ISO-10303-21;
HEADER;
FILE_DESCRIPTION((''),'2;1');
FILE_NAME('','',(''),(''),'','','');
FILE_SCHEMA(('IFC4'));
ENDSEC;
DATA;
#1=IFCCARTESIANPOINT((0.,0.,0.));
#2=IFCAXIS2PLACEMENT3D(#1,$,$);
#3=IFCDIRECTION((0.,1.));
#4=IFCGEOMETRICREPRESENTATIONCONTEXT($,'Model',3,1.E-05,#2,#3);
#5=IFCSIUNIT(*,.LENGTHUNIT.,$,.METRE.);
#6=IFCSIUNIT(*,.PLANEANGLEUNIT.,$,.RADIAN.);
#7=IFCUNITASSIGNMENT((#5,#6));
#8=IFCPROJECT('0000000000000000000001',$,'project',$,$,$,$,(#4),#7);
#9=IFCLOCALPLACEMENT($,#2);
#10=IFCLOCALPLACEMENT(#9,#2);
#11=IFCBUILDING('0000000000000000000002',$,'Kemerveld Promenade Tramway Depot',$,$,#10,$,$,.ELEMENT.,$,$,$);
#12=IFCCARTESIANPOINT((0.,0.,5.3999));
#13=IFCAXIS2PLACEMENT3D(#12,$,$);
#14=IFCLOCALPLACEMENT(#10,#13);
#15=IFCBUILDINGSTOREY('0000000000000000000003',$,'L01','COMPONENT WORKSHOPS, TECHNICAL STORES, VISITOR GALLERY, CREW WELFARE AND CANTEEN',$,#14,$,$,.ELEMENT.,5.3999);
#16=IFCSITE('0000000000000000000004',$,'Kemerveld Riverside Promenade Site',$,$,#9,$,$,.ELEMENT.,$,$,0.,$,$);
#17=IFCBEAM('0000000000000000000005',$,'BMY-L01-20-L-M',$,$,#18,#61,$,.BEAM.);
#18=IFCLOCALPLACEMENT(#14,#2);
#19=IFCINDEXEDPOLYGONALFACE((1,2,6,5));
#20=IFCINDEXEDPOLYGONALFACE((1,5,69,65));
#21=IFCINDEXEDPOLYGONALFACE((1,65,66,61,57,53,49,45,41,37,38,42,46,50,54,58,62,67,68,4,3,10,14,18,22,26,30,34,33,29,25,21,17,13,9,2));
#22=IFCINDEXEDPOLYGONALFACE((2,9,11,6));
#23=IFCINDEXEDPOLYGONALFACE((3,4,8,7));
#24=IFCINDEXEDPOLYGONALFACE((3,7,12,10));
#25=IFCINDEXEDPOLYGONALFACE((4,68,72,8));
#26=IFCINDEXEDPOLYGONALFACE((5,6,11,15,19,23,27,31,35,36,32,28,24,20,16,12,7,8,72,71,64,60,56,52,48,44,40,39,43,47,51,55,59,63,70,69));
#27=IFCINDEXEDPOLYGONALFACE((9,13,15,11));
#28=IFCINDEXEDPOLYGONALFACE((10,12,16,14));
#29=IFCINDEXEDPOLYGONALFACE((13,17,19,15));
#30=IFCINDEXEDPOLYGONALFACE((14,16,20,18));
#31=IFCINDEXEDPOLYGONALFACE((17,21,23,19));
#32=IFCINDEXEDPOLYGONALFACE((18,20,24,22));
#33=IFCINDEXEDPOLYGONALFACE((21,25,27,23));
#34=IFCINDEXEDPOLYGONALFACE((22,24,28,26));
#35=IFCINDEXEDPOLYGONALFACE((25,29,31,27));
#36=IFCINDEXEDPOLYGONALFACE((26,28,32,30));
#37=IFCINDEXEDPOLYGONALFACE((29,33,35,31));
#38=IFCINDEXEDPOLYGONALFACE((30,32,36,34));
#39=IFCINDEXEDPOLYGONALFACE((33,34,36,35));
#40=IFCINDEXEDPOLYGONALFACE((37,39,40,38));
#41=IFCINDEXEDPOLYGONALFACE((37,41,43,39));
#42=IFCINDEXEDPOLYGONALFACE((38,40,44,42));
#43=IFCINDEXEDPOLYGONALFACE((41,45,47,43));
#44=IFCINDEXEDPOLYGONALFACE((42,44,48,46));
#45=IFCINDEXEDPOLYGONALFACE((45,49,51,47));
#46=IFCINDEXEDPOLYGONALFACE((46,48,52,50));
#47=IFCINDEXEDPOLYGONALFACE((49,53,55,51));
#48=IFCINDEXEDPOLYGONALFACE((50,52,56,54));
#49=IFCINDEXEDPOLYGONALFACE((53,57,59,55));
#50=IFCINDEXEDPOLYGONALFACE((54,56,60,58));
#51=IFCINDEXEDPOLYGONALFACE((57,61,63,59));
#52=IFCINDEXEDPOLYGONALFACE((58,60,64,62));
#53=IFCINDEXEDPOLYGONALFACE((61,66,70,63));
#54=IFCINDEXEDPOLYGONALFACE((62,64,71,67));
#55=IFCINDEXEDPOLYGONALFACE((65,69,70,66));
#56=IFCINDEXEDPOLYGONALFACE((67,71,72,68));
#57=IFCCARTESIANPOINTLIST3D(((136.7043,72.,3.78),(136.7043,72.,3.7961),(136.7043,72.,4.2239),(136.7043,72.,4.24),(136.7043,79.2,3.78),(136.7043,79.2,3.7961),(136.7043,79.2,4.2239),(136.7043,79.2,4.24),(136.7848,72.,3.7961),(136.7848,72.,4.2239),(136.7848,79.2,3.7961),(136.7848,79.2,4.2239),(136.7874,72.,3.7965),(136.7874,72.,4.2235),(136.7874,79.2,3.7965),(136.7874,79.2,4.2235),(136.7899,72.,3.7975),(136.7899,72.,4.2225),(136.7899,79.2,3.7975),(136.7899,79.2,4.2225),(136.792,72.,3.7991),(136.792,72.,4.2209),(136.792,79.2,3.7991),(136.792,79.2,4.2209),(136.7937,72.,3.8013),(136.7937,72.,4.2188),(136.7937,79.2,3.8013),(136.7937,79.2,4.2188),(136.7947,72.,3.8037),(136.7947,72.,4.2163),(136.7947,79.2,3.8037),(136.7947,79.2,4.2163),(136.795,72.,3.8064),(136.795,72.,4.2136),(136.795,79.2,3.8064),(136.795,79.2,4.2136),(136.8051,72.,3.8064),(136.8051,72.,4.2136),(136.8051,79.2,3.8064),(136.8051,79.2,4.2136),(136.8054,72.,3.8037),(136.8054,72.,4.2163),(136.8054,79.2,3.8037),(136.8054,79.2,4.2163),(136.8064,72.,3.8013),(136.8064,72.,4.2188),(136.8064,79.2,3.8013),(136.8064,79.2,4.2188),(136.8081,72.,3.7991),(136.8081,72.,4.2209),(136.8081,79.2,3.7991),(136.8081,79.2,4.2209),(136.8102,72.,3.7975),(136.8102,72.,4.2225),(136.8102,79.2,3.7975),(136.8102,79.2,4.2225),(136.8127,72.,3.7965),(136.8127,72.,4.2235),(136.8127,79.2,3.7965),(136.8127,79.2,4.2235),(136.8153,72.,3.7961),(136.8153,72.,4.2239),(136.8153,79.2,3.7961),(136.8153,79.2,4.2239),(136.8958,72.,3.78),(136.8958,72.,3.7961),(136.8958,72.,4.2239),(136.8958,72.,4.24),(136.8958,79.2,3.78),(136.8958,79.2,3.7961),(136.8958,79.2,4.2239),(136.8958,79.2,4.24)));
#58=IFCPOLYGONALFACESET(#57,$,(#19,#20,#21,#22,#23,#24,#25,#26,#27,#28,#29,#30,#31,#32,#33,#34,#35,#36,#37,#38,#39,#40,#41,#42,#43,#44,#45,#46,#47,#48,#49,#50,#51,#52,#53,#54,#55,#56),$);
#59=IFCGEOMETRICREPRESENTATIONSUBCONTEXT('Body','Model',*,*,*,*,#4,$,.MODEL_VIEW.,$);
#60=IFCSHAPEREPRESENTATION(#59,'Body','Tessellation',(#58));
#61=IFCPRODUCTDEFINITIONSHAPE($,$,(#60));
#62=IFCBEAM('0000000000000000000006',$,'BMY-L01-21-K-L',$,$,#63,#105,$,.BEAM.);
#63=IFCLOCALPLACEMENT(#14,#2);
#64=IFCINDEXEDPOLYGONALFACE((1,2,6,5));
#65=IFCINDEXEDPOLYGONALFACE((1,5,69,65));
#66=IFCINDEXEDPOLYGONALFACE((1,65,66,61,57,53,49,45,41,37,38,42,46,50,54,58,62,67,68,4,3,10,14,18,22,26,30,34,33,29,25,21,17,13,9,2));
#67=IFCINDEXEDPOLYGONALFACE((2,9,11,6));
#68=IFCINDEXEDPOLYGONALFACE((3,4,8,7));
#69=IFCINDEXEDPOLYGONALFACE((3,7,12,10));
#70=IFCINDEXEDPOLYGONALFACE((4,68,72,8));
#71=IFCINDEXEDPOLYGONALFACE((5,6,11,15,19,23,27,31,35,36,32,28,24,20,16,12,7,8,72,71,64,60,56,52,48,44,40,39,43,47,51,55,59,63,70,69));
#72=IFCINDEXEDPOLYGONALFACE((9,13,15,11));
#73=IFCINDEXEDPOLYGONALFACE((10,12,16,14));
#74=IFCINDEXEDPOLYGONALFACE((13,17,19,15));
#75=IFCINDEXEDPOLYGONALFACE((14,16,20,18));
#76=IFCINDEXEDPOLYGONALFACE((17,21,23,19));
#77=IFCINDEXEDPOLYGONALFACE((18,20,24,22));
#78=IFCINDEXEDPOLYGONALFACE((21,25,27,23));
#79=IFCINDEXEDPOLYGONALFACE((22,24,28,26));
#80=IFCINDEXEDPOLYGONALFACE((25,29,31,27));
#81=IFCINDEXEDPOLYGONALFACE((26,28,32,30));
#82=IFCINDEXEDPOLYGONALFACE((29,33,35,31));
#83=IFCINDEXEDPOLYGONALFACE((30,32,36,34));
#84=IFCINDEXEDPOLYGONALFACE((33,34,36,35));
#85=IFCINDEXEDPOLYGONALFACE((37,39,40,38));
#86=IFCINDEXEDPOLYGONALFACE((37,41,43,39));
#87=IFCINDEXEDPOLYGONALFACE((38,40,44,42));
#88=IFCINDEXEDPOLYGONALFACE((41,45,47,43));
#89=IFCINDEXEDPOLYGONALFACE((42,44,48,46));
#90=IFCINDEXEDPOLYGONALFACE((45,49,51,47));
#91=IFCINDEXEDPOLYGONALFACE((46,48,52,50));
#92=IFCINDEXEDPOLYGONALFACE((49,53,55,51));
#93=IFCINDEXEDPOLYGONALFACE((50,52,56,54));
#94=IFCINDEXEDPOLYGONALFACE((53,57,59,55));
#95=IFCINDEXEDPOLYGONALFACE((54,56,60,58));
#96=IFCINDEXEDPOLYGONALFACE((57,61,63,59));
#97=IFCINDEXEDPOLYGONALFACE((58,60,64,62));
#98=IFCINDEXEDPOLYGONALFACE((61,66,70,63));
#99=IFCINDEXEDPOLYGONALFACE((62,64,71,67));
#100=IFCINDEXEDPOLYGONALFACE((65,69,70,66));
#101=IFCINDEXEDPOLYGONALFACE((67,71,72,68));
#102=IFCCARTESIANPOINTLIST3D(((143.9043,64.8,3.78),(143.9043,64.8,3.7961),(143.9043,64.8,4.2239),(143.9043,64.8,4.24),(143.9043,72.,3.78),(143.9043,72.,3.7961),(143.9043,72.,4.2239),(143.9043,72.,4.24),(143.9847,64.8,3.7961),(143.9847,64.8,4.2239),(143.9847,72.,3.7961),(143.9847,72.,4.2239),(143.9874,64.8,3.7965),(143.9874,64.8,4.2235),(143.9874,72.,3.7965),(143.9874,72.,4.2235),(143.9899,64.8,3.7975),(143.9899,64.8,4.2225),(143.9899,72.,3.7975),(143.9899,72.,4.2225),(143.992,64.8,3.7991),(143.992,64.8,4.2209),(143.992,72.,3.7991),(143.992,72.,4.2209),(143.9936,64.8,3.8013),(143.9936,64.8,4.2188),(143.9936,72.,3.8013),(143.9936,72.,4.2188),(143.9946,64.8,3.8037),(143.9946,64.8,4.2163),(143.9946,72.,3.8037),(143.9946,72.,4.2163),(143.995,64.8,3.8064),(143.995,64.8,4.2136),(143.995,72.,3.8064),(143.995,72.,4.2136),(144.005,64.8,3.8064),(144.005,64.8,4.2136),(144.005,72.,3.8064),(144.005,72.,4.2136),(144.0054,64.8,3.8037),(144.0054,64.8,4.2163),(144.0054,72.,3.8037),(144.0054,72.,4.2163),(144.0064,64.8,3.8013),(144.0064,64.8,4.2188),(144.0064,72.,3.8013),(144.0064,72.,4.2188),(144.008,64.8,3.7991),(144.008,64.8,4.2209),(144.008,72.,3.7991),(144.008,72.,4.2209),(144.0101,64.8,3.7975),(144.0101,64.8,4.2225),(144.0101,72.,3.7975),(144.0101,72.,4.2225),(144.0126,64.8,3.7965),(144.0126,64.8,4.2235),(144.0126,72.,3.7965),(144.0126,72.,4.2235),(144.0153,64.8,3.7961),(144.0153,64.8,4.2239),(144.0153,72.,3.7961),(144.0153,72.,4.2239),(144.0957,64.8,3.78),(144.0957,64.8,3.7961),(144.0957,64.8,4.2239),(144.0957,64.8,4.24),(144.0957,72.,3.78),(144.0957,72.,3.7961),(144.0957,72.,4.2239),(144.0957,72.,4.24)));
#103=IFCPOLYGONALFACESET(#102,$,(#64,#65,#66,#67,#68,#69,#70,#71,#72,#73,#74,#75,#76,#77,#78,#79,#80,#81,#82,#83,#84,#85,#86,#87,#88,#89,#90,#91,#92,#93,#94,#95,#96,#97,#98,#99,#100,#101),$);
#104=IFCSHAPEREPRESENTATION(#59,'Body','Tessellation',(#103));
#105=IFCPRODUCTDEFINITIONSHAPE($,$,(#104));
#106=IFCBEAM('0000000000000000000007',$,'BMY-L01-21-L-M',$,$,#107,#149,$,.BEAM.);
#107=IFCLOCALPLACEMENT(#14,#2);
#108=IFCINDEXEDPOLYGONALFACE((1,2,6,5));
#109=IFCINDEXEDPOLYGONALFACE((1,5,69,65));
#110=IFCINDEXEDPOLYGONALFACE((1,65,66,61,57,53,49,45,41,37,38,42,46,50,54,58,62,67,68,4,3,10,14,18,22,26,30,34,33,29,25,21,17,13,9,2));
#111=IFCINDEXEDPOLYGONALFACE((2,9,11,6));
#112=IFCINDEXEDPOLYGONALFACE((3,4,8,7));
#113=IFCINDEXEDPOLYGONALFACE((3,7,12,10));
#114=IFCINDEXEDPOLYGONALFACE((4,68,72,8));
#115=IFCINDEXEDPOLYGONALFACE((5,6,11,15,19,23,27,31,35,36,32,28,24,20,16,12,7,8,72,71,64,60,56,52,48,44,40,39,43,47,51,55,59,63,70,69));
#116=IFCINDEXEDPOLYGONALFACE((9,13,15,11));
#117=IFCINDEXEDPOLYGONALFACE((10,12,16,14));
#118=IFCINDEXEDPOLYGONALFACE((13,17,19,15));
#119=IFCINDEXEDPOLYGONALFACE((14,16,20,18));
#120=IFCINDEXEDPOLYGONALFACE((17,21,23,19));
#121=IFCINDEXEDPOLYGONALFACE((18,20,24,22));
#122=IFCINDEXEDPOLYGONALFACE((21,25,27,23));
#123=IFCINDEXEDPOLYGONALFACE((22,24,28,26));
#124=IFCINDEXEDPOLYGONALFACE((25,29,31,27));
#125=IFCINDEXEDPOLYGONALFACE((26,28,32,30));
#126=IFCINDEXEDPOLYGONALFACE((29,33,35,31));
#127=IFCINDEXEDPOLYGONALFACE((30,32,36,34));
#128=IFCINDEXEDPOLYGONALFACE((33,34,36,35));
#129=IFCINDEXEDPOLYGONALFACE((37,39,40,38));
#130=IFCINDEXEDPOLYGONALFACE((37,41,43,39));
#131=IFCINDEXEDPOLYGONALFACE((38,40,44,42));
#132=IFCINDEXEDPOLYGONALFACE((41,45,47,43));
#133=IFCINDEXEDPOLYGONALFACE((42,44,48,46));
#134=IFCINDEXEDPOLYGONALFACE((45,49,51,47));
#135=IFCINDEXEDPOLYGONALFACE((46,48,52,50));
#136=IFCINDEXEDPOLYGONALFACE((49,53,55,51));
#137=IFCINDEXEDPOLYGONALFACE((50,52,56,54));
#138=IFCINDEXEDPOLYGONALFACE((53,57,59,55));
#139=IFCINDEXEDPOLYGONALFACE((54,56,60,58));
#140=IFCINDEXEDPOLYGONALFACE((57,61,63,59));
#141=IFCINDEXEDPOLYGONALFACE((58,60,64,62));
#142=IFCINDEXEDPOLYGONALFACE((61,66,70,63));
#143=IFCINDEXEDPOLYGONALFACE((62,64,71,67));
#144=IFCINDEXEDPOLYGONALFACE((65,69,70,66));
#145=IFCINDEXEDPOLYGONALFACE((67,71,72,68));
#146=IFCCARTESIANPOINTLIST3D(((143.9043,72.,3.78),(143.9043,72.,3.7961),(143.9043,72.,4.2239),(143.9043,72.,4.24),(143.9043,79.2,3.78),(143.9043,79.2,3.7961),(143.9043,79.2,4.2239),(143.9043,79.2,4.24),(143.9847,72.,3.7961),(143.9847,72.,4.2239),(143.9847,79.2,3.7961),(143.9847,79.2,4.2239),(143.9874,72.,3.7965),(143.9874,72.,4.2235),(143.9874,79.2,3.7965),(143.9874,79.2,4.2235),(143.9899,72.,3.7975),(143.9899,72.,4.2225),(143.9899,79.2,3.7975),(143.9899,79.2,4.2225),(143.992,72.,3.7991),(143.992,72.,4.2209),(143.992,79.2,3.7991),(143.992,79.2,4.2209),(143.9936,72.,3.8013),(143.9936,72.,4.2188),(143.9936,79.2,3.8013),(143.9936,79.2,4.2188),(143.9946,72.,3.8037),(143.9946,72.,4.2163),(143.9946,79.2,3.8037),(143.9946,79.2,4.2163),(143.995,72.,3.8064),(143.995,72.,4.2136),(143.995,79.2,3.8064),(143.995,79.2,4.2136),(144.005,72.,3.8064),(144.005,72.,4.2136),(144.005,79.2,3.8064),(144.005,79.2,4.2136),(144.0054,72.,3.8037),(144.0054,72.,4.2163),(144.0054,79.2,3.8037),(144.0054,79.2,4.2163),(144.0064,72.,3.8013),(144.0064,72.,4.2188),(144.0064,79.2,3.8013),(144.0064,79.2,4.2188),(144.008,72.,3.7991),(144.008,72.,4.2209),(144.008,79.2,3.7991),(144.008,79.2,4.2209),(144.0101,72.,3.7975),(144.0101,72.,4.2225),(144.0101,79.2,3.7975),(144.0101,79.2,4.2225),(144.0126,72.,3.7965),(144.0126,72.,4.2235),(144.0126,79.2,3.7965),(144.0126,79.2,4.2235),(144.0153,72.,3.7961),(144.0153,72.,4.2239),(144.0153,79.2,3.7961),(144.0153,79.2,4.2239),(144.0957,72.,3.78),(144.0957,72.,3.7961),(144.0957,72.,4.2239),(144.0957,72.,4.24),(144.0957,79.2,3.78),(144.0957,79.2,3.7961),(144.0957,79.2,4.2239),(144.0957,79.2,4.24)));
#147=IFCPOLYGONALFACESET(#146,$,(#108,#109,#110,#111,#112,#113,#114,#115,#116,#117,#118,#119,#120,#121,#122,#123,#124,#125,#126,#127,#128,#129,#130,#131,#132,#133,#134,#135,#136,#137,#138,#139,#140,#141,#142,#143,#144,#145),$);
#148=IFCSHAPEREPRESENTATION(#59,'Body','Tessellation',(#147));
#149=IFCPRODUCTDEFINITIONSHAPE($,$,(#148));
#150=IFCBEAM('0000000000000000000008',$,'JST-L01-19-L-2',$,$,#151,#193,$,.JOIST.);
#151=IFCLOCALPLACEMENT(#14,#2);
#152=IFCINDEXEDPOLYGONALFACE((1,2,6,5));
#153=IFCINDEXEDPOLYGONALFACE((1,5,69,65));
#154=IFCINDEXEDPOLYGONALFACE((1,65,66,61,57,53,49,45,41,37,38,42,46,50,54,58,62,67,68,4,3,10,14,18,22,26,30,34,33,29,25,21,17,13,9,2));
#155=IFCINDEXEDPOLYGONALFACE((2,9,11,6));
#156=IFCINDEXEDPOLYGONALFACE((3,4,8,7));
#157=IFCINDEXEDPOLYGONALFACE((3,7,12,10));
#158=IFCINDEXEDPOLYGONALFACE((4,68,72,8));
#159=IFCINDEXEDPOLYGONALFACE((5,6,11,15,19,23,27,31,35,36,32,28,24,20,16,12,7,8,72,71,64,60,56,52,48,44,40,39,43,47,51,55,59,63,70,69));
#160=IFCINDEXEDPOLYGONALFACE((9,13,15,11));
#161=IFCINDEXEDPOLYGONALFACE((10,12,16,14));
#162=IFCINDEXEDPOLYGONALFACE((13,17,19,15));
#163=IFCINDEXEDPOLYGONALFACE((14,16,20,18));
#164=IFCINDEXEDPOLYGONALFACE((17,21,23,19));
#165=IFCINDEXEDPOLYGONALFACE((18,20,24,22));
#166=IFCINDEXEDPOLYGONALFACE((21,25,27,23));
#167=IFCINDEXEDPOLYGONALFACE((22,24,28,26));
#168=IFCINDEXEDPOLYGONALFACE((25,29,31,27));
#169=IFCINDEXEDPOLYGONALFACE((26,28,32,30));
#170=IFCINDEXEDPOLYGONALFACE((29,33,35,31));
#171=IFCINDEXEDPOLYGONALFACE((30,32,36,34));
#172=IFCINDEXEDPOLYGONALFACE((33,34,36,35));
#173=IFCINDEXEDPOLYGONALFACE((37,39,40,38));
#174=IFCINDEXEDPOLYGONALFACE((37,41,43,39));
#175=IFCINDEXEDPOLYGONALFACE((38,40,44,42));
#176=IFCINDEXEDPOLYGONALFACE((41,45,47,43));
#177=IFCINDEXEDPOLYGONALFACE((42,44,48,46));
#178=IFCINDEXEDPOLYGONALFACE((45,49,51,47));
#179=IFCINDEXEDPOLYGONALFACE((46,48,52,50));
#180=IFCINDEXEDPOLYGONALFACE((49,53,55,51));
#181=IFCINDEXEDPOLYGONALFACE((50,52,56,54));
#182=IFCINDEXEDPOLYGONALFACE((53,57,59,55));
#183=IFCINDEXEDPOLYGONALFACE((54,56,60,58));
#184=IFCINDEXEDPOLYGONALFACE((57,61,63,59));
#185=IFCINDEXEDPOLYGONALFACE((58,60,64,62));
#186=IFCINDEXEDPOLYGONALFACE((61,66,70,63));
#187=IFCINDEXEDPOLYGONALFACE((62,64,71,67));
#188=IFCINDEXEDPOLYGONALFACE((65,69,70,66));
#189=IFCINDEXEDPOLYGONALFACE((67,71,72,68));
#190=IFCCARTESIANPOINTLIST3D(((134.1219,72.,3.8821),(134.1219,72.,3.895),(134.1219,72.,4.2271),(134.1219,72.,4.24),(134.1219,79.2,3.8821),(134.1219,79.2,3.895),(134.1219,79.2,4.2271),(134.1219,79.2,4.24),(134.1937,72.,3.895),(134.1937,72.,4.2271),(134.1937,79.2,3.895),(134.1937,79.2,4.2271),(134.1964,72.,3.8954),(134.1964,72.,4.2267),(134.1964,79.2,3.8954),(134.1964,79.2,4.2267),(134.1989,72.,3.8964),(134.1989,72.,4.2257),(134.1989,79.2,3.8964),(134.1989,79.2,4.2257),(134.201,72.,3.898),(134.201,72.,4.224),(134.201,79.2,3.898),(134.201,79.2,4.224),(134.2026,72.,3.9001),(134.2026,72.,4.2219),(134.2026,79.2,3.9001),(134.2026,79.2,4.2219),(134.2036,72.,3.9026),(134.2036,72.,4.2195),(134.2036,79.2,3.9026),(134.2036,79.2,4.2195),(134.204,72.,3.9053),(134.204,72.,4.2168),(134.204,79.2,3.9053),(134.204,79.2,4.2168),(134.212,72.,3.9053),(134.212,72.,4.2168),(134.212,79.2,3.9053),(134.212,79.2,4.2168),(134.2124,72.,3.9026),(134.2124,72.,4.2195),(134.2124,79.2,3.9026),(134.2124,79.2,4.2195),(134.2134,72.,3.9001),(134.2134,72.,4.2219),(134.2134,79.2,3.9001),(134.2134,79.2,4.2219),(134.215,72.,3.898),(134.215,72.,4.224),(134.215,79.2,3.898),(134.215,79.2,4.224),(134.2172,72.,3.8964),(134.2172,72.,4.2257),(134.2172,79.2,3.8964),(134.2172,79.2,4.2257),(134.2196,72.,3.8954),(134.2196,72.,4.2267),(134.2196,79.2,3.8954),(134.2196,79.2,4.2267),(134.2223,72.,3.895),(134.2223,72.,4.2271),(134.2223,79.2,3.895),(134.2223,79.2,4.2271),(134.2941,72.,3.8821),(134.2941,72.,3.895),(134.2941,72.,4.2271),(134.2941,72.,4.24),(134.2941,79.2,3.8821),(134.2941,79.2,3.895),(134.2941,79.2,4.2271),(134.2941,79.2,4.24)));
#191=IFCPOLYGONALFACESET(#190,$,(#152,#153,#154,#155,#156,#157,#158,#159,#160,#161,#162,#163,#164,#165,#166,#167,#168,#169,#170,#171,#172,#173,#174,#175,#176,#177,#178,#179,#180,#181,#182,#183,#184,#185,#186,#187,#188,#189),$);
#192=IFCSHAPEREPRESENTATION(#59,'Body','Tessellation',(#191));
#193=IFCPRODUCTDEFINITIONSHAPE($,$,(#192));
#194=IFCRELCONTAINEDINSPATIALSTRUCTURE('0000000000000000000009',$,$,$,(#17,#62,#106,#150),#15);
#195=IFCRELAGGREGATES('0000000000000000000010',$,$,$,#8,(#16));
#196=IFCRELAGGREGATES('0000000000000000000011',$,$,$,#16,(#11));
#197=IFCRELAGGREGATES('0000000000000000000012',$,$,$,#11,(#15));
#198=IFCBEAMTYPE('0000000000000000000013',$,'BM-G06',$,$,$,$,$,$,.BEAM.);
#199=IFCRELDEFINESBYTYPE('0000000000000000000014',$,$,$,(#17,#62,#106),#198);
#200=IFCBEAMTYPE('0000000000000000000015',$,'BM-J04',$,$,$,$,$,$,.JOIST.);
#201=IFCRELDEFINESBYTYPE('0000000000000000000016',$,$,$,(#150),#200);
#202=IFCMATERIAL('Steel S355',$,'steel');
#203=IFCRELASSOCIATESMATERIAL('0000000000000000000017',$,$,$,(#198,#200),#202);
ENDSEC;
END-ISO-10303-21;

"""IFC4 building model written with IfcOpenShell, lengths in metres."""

from ifc_helpers import new_model, si_unit, direction, frame, origin, origin_2d, place, context, subcontext, project, spatial, i_section, extrude, material, material_profile, profile_set, type_object, element, save


model = new_model("IFC4")

# Units and contexts
model_context = context("Model", 3, precision=1e-05, world=origin(), true_north=direction((0.0, 1.0)))
body_context = subcontext(model_context, "Body", "Model", "MODEL_VIEW")
ifc_project = project(units=[si_unit("LENGTHUNIT", "METRE"), si_unit("PLANEANGLEUNIT", "RADIAN")], contexts=[model_context])

# Site, building, storey
site_placement = place(None, origin())
site = spatial("IfcSite", under=ifc_project, at=site_placement, Name="Kemerveld Riverside Promenade Site", CompositionType="ELEMENT", RefElevation=0.0)
building_placement = place(site_placement, origin())
building = spatial("IfcBuilding", under=site, at=building_placement, Name="Kemerveld Promenade Tramway Depot", CompositionType="ELEMENT")
storey_placement = place(building_placement, frame((0.0, 0.0, 5.3999)))
storey = spatial("IfcBuildingStorey", under=building, at=storey_placement, Name="L01", Description="COMPONENT WORKSHOPS, TECHNICAL STORES, VISITOR GALLERY, CREW WELFARE AND CANTEEN", CompositionType="ELEMENT", Elevation=5.3999)

# Beams
ifc_material_1 = material(Name="Steel S355", Category="steel")
ifc_material_profile_1 = material_profile(ifc_material_1, i_section(OverallWidth=0.1914, OverallDepth=0.46, WebThickness=0.01, FlangeThickness=0.0161, FilletRadius=0.0103, at=origin_2d()), Name="457x191x82 UB")
ifc_profile_set_1 = profile_set([ifc_material_profile_1], Name="Steel S355")
beam_type_1 = type_object("IfcBeamType", Name="BM-G06", PredefinedType="BEAM", material=ifc_profile_set_1)
for number, where, z_axis, x_axis, name in (
    (1, (136.8, 72.0, 4.01), (0.0, 1.0, 0.0), (-1.0, 0.0, 0.0), "BMY-L01-20-L-M"),
    (2, (144.0, 64.8, 4.01), (0.0, 1.0, 0.0), (-1.0, 0.0, 0.0), "BMY-L01-21-K-L"),
    (3, (144.0, 72.0, 4.01), (0.0, 1.0, 0.0), (-1.0, 0.0, 0.0), "BMY-L01-21-L-M"),
):
    element("IfcBeam", number, at=place(storey_placement, frame(where, z_axis=z_axis, x_axis=x_axis)), inside=storey, type_object=beam_type_1, Name=name, PredefinedType="BEAM", context=body_context, shape_type="SweptSolid", body=[
        extrude(i_section(OverallWidth=0.1914, OverallDepth=0.46, WebThickness=0.01, FlangeThickness=0.0161, FilletRadius=0.0103, at=origin_2d()), origin(), (0.0, 0.0, 1.0), 7.2),
    ])
ifc_material_profile_2 = material_profile(ifc_material_1, i_section(OverallWidth=0.1721, OverallDepth=0.3579, WebThickness=0.0081, FlangeThickness=0.0129, FilletRadius=0.0103, at=origin_2d()), Name="356x171x57 UB")
ifc_profile_set_2 = profile_set([ifc_material_profile_2], Name="Steel S355")
beam_type_2 = type_object("IfcBeamType", Name="BM-J04", PredefinedType="JOIST", material=ifc_profile_set_2)
for number, where, z_axis, x_axis, name in (
    (4, (134.208, 72.0, 4.061), (0.0, 1.0, 0.0), (-1.0, 0.0, 0.0), "JST-L01-19-L-2"),
):
    element("IfcBeam", number, at=place(storey_placement, frame(where, z_axis=z_axis, x_axis=x_axis)), inside=storey, type_object=beam_type_2, Name=name, PredefinedType="JOIST", context=body_context, shape_type="SweptSolid", body=[
        extrude(i_section(OverallWidth=0.1721, OverallDepth=0.3579, WebThickness=0.0081, FlangeThickness=0.0129, FilletRadius=0.0103, at=origin_2d()), origin(), (0.0, 0.0, 1.0), 7.2),
    ])

save(model, "model.ifc")
